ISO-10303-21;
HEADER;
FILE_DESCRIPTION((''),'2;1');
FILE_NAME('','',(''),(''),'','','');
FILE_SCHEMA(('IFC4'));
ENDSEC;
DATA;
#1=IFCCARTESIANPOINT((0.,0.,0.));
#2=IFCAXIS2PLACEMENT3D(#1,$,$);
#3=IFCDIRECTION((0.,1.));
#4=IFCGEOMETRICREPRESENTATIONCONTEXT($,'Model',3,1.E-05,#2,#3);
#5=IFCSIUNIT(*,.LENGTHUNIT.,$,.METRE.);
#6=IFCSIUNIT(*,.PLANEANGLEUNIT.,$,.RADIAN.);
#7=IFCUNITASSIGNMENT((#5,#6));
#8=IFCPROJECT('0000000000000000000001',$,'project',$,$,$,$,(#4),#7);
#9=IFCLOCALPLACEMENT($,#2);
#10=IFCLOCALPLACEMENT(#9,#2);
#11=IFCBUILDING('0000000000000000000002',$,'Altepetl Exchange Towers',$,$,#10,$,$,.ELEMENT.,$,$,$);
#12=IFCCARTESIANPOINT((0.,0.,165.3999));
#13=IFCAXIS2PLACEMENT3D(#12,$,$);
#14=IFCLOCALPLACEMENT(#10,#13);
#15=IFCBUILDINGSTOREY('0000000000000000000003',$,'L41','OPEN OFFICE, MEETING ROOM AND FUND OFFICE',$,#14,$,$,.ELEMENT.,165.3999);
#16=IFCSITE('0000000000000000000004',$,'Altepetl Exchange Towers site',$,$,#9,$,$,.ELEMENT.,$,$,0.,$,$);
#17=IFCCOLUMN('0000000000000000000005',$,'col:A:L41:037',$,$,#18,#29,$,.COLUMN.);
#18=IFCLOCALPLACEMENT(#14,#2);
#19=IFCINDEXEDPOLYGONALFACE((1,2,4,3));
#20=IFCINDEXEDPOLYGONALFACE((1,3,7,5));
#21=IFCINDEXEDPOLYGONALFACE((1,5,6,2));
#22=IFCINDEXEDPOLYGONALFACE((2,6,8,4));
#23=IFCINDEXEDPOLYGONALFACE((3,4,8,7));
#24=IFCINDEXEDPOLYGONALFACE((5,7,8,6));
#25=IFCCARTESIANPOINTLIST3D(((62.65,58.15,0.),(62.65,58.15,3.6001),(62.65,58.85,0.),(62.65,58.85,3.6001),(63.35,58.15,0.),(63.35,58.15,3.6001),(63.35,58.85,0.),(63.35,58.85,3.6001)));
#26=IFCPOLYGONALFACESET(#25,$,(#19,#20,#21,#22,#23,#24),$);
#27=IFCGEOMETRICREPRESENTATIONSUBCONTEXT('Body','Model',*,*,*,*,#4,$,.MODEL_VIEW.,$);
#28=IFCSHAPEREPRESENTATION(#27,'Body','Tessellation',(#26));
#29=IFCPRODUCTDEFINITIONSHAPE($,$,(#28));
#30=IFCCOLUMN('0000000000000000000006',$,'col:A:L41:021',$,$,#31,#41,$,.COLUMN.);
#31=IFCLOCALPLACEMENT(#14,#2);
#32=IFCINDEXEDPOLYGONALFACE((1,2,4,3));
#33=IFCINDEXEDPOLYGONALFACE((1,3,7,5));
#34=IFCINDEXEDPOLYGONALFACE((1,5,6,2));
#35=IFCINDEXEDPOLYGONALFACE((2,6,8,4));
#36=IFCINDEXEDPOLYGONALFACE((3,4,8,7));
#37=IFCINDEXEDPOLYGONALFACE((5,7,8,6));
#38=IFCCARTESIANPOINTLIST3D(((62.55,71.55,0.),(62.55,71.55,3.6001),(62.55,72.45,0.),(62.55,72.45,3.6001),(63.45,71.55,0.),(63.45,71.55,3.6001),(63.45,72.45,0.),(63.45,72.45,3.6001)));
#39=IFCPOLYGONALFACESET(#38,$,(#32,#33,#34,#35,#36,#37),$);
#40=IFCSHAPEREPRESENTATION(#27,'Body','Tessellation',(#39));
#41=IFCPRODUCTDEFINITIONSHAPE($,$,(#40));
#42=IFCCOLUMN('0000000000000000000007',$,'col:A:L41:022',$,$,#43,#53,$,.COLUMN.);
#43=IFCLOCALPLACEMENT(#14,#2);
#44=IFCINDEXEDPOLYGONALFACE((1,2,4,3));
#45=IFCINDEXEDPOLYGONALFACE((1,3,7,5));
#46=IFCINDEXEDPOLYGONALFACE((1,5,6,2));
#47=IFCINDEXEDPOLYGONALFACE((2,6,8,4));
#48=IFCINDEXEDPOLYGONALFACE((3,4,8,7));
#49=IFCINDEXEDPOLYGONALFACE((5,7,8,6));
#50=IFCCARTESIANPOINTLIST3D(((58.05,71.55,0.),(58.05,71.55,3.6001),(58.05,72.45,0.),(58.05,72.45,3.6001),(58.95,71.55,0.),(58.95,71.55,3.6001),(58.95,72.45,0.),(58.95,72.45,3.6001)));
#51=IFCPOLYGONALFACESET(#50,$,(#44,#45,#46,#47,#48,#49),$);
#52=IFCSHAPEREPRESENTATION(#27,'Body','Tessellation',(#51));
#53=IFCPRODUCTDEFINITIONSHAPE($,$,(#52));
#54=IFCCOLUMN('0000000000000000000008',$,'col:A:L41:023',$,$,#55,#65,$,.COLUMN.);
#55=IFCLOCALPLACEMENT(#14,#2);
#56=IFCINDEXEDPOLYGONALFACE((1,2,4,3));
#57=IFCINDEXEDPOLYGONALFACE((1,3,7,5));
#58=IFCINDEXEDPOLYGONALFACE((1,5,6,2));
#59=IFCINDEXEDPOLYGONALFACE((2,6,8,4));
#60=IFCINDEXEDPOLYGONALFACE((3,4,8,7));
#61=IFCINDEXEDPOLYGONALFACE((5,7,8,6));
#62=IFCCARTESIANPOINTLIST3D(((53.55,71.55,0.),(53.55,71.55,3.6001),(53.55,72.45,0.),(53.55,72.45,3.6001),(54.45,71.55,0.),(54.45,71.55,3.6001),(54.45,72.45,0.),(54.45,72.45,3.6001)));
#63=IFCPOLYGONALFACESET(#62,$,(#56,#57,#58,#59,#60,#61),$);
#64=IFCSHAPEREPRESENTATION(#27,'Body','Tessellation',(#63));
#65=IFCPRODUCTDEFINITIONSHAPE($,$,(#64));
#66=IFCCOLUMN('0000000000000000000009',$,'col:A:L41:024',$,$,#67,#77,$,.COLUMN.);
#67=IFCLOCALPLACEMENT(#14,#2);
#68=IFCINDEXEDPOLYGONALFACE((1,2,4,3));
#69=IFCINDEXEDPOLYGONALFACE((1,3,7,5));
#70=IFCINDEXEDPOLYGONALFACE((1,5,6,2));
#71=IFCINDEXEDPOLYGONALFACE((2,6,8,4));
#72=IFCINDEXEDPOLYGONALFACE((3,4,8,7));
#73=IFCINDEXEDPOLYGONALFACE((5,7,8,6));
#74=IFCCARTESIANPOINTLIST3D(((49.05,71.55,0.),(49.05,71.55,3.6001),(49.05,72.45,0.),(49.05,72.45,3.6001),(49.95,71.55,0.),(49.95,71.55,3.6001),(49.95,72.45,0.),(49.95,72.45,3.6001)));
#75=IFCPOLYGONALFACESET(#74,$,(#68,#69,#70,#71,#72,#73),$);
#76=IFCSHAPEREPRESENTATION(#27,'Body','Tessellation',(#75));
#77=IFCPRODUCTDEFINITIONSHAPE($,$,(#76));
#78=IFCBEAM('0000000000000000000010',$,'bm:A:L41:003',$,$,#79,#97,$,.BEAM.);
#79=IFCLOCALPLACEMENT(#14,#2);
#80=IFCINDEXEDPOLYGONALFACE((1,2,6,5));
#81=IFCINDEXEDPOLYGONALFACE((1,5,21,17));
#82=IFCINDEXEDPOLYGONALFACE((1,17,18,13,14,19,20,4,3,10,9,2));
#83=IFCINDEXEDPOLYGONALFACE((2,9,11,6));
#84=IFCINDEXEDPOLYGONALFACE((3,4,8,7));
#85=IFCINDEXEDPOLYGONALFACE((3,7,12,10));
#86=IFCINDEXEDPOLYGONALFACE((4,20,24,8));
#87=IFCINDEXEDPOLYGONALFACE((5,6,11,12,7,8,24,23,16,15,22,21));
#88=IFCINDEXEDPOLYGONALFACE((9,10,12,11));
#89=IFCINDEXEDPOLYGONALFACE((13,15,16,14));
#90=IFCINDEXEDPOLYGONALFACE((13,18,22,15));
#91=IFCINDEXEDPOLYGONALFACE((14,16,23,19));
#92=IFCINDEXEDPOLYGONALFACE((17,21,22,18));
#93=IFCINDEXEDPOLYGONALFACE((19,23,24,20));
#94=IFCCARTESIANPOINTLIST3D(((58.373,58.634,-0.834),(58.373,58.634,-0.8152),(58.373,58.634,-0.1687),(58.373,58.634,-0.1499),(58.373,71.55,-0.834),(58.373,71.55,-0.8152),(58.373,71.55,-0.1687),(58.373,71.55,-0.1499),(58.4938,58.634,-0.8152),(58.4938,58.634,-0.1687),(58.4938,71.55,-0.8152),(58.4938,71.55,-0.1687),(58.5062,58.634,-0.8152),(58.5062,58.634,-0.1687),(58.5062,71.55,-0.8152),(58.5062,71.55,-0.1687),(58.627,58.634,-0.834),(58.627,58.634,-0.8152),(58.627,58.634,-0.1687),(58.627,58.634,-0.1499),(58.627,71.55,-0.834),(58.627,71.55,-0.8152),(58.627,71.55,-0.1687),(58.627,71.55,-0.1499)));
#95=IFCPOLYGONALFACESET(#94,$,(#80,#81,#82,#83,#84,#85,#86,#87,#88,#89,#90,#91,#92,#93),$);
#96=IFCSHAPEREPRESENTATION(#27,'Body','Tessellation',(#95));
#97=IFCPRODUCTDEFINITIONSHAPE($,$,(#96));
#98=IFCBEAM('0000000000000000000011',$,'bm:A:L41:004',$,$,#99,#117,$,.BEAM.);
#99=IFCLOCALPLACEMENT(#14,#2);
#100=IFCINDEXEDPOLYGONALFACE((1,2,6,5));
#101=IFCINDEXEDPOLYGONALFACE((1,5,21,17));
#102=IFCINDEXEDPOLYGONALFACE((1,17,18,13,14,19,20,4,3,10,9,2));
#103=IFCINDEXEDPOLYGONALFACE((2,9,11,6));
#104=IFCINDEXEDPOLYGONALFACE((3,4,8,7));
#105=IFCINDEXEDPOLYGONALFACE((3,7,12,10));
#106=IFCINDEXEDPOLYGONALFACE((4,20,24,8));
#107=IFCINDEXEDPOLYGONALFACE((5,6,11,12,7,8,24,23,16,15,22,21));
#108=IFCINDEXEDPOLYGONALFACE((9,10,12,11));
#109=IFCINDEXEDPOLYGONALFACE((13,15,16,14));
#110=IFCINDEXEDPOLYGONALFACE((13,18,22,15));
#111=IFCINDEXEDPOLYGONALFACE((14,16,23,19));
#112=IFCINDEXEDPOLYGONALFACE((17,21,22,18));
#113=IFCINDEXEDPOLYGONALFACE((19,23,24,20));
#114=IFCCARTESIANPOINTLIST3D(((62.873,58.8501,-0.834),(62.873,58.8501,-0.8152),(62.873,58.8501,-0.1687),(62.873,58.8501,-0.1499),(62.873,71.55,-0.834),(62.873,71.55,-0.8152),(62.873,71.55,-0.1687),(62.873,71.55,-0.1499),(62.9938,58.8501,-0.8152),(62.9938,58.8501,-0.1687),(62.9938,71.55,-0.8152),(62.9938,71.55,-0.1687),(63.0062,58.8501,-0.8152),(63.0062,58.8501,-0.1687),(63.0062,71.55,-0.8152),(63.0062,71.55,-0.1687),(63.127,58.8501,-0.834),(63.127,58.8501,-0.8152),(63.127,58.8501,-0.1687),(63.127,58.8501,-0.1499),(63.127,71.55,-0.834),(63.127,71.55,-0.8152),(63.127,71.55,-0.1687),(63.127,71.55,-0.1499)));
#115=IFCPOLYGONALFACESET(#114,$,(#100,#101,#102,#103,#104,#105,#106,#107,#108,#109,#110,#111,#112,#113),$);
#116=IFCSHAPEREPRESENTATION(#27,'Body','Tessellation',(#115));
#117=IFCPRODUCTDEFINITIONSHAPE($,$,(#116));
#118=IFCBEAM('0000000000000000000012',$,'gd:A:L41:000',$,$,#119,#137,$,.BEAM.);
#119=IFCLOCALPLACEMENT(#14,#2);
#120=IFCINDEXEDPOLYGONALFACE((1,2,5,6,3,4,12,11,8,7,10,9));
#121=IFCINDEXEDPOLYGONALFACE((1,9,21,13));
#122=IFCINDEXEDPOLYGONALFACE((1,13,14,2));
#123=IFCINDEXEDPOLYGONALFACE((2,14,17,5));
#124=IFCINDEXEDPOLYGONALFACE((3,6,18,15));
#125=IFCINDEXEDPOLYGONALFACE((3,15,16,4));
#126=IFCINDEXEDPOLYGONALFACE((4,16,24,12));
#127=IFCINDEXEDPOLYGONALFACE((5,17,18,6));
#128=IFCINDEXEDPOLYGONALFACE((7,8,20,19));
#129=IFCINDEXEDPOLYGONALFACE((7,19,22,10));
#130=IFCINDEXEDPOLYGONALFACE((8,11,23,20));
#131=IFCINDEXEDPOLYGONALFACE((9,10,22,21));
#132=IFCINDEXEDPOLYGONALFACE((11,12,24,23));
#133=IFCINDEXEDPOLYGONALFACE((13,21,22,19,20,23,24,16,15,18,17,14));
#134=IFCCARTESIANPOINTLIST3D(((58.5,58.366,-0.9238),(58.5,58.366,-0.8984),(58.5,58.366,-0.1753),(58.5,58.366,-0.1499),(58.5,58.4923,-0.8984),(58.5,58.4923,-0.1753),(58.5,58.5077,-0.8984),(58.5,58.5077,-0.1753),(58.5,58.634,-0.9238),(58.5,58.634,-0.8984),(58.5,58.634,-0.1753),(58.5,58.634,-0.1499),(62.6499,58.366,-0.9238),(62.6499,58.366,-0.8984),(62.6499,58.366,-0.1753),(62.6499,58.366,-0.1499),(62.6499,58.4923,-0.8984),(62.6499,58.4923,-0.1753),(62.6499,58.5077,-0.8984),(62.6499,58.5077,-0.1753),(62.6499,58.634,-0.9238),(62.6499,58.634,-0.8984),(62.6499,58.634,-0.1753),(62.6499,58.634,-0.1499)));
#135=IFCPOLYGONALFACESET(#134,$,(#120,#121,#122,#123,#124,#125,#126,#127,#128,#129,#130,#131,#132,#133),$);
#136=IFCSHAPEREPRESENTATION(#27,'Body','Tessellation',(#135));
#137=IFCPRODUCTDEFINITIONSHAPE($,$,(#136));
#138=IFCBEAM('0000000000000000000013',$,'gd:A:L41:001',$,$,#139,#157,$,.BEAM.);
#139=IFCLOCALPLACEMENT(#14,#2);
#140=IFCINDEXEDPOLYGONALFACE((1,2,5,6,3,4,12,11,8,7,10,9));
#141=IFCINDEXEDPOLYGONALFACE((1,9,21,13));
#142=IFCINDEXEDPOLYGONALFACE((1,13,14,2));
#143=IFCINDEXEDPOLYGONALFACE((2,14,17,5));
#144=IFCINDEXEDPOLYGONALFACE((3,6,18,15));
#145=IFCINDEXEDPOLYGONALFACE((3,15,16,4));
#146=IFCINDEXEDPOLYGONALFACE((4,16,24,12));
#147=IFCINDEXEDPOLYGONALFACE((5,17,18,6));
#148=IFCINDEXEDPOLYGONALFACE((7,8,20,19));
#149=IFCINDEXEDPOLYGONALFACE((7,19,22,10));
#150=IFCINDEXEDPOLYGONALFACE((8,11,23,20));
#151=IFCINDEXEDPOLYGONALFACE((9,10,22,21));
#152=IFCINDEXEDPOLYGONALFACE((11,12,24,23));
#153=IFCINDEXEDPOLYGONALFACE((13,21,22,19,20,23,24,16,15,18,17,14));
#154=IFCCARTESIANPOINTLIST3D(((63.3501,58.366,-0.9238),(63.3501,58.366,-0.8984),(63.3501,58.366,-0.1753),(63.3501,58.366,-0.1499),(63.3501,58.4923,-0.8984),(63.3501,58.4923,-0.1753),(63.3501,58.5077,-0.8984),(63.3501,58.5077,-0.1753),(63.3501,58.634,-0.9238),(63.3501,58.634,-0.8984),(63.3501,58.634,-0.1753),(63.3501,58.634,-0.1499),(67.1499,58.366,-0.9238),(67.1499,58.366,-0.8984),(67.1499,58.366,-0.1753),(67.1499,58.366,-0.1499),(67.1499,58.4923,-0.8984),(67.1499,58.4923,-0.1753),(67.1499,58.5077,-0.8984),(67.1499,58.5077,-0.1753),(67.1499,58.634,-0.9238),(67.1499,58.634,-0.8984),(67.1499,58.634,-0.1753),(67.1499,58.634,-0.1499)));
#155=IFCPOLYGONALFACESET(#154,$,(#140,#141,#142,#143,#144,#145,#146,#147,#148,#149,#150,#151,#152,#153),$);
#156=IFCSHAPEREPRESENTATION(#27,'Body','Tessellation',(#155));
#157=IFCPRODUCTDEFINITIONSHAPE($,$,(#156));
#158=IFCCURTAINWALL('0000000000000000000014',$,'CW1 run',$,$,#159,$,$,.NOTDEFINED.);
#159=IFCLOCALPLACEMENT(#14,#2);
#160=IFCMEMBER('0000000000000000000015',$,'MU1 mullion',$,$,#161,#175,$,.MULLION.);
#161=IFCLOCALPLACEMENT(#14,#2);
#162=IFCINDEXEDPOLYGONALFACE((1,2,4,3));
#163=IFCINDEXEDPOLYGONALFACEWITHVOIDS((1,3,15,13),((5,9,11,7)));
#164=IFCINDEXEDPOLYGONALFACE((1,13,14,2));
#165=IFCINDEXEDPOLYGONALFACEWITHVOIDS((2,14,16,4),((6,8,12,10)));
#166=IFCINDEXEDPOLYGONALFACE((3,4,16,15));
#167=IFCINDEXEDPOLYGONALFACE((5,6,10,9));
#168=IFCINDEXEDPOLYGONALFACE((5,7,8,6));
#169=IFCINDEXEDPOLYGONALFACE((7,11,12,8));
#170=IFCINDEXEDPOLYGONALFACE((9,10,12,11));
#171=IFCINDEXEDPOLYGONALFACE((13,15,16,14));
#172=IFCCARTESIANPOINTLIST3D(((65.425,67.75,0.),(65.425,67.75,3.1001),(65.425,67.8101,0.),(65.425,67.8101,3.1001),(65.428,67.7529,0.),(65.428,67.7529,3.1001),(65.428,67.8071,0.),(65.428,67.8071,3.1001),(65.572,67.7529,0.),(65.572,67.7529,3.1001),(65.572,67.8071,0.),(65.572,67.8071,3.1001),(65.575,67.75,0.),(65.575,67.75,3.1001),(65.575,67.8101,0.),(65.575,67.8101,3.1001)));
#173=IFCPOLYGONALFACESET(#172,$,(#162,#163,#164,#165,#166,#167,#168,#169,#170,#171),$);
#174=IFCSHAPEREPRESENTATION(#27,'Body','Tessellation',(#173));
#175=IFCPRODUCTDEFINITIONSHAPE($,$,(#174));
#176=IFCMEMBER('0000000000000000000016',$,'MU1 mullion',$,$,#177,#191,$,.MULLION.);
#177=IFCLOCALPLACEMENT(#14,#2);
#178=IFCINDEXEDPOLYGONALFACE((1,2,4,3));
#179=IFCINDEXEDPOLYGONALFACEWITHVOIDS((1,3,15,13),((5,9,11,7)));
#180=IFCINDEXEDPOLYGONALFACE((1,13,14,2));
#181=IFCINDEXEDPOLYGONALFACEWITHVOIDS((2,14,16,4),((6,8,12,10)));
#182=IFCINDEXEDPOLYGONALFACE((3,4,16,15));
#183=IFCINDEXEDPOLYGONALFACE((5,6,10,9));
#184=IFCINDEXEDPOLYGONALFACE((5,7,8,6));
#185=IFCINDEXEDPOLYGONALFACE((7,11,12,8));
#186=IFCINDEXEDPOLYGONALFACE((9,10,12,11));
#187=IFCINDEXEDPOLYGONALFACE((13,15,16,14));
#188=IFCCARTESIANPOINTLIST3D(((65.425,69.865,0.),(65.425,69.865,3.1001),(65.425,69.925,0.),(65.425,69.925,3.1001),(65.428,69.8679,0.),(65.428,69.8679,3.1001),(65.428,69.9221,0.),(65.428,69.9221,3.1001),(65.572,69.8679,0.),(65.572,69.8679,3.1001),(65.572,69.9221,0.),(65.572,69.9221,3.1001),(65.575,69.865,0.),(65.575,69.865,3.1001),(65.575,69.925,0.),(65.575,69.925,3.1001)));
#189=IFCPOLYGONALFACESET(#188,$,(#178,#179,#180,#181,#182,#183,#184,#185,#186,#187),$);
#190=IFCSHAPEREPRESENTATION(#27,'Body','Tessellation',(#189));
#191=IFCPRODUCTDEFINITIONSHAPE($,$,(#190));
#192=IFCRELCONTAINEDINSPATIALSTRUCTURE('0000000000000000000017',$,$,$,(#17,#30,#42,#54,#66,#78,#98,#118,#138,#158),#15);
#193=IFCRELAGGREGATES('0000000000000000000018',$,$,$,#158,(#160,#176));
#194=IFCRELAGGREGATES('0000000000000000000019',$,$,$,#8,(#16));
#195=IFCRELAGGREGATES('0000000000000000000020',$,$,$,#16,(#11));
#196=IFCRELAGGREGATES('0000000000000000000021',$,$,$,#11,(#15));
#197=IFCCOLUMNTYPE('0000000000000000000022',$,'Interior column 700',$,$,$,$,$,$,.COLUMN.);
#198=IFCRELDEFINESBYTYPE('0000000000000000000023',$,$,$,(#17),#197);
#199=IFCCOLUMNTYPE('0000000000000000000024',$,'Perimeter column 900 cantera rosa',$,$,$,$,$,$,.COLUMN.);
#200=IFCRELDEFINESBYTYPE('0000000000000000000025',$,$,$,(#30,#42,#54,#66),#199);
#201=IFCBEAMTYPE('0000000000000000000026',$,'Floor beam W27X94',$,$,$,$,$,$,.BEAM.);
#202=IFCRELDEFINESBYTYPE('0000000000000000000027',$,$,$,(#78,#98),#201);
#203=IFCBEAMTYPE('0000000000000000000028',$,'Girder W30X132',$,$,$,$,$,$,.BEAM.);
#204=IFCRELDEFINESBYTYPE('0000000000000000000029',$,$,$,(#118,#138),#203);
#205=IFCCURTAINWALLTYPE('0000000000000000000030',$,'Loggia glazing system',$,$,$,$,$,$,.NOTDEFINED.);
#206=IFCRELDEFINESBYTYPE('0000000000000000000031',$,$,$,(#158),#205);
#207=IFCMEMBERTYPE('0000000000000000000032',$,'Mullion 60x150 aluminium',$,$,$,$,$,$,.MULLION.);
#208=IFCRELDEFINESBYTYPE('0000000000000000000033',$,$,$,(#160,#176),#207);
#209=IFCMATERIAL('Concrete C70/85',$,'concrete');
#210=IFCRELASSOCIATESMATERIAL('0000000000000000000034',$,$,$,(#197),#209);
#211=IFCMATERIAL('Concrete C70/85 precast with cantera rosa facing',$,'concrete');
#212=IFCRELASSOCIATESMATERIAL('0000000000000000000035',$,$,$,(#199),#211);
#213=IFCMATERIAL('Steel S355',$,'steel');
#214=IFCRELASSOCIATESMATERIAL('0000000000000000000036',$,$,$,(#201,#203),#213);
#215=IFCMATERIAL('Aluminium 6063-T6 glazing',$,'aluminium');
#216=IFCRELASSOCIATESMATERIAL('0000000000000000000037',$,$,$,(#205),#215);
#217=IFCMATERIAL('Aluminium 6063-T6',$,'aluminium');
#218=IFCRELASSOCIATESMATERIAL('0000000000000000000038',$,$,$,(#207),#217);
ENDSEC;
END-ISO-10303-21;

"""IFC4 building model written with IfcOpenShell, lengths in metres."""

from ifc_helpers import new_model, si_unit, direction, frame, origin, origin_2d, place, context, subcontext, project, spatial, rectangle, hollow_rectangle, i_section, extrude, material, material_profile, profile_set, type_object, element, aggregate, save


model = new_model("IFC4")

# Units and contexts
model_context = context("Model", 3, precision=1e-05, world=origin(), true_north=direction((0.0, 1.0)))
body_context = subcontext(model_context, "Body", "Model", "MODEL_VIEW")
ifc_project = project(units=[si_unit("LENGTHUNIT", "METRE"), si_unit("PLANEANGLEUNIT", "RADIAN")], contexts=[model_context])

# Site, building, storey
site_placement = place(None, origin())
site = spatial("IfcSite", under=ifc_project, at=site_placement, Name="Altepetl Exchange Towers site", CompositionType="ELEMENT", RefElevation=0.0)
building_placement = place(site_placement, origin())
building = spatial("IfcBuilding", under=site, at=building_placement, Name="Altepetl Exchange Towers", CompositionType="ELEMENT")
storey_placement = place(building_placement, frame((0.0, 0.0, 165.3999)))
storey = spatial("IfcBuildingStorey", under=building, at=storey_placement, Name="L41", Description="OPEN OFFICE, MEETING ROOM AND FUND OFFICE", CompositionType="ELEMENT", Elevation=165.3999)

# Columns
ifc_material_1 = material(Name="Concrete C70/85", Category="concrete")
ifc_material_profile_1 = material_profile(ifc_material_1, rectangle(XDim=0.7, YDim=0.7, at=origin_2d()), Name="700 x 700")
ifc_profile_set_1 = profile_set([ifc_material_profile_1], Name="Concrete C70/85")
column_type_1 = type_object("IfcColumnType", Name="Interior column 700", PredefinedType="COLUMN", material=ifc_profile_set_1)
column_placement = place(storey_placement, frame((63.0, 58.5, 0.0)))
element("IfcColumn", 1, at=column_placement, inside=storey, type_object=column_type_1, Name="col:A:L41:037", PredefinedType="COLUMN", context=body_context, shape_type="SweptSolid", body=[
    extrude(rectangle(XDim=0.7, YDim=0.7, at=origin_2d()), origin(), (0.0, 0.0, 1.0), 3.6001),
])
ifc_material_2 = material(Name="Concrete C70/85 precast with cantera rosa facing", Category="concrete")
ifc_material_profile_2 = material_profile(ifc_material_2, rectangle(XDim=0.8999, YDim=0.8999, at=origin_2d()), Name="900 x 900")
ifc_profile_set_2 = profile_set([ifc_material_profile_2], Name="Concrete C70/85 precast with cantera rosa facing")
column_type_2 = type_object("IfcColumnType", Name="Perimeter column 900 cantera rosa", PredefinedType="COLUMN", material=ifc_profile_set_2)
for number, where, name in (
    (2, (63.0, 72.0, 0.0), "col:A:L41:021"),
    (3, (58.5, 72.0, 0.0), "col:A:L41:022"),
    (4, (54.0, 72.0, 0.0), "col:A:L41:023"),
    (5, (49.5, 72.0, 0.0), "col:A:L41:024"),
):
    element("IfcColumn", number, at=place(storey_placement, frame(where)), inside=storey, type_object=column_type_2, Name=name, PredefinedType="COLUMN", context=body_context, shape_type="SweptSolid", body=[
        extrude(rectangle(XDim=0.8999, YDim=0.8999, at=origin_2d()), origin(), (0.0, 0.0, 1.0), 3.6001),
    ])

# Beams
ifc_material_3 = material(Name="Steel S355", Category="steel")
ifc_material_profile_3 = material_profile(ifc_material_3, i_section(OverallWidth=0.2539, OverallDepth=0.6841, WebThickness=0.0125, FlangeThickness=0.0188, at=origin_2d()), Name="W27X94")
ifc_profile_set_3 = profile_set([ifc_material_profile_3], Name="Steel S355")
beam_type_1 = type_object("IfcBeamType", Name="Floor beam W27X94", PredefinedType="BEAM", material=ifc_profile_set_3)
beam_1_placement = place(storey_placement, frame((58.5, 58.634, -0.4919), z_axis=(0.0, 1.0, 0.0), x_axis=(-1.0, 0.0, 0.0)))
element("IfcBeam", 6, at=beam_1_placement, inside=storey, type_object=beam_type_1, Name="bm:A:L41:003", PredefinedType="BEAM", context=body_context, shape_type="SweptSolid", body=[
    extrude(i_section(OverallWidth=0.2539, OverallDepth=0.6841, WebThickness=0.0125, FlangeThickness=0.0188, at=origin_2d()), origin(), (0.0, 0.0, 1.0), 12.916),
])
beam_2_placement = place(storey_placement, frame((63.0, 58.8501, -0.4919), z_axis=(0.0, 1.0, 0.0), x_axis=(-1.0, 0.0, 0.0)))
element("IfcBeam", 7, at=beam_2_placement, inside=storey, type_object=beam_type_1, Name="bm:A:L41:004", PredefinedType="BEAM", context=body_context, shape_type="SweptSolid", body=[
    extrude(i_section(OverallWidth=0.2539, OverallDepth=0.6841, WebThickness=0.0125, FlangeThickness=0.0188, at=origin_2d()), origin(), (0.0, 0.0, 1.0), 12.7),
])
ifc_material_profile_4 = material_profile(ifc_material_3, i_section(OverallWidth=0.2681, OverallDepth=0.7739, WebThickness=0.0154, FlangeThickness=0.0254, at=origin_2d()), Name="W30X132")
ifc_profile_set_4 = profile_set([ifc_material_profile_4], Name="Steel S355")
beam_type_2 = type_object("IfcBeamType", Name="Girder W30X132", PredefinedType="BEAM", material=ifc_profile_set_4)
beam_3_placement = place(storey_placement, frame((58.5, 58.5, -0.5369), z_axis=(1.0, 0.0, 0.0), x_axis=(0.0, 1.0, 0.0)))
element("IfcBeam", 8, at=beam_3_placement, inside=storey, type_object=beam_type_2, Name="gd:A:L41:000", PredefinedType="BEAM", context=body_context, shape_type="SweptSolid", body=[
    extrude(i_section(OverallWidth=0.2681, OverallDepth=0.7739, WebThickness=0.0154, FlangeThickness=0.0254, at=origin_2d()), origin(), (0.0, 0.0, 1.0), 4.1499),
])
beam_4_placement = place(storey_placement, frame((63.3501, 58.5, -0.5369), z_axis=(1.0, 0.0, 0.0), x_axis=(0.0, 1.0, 0.0)))
element("IfcBeam", 9, at=beam_4_placement, inside=storey, type_object=beam_type_2, Name="gd:A:L41:001", PredefinedType="BEAM", context=body_context, shape_type="SweptSolid", body=[
    extrude(i_section(OverallWidth=0.2681, OverallDepth=0.7739, WebThickness=0.0154, FlangeThickness=0.0254, at=origin_2d()), origin(), (0.0, 0.0, 1.0), 3.7998),
])

# Curtain wall, members
ifc_material_4 = material(Name="Aluminium 6063-T6 glazing", Category="aluminium")
curtain_wall_type = type_object("IfcCurtainWallType", Name="Loggia glazing system", PredefinedType="NOTDEFINED", material=ifc_material_4)
curtain_wall_1_placement = place(storey_placement, origin())
curtain_wall_1 = element("IfcCurtainWall", 10, at=curtain_wall_1_placement, inside=storey, type_object=curtain_wall_type, Name="CW1 run", PredefinedType="NOTDEFINED")
ifc_material_5 = material(Name="Aluminium 6063-T6", Category="aluminium")
ifc_material_profile_5 = material_profile(ifc_material_5, hollow_rectangle(XDim=0.0601, YDim=0.1499, WallThickness=0.0029, at=origin_2d()), Name="Mullion 60x150 aluminium")
ifc_profile_set_5 = profile_set([ifc_material_profile_5], Name="Aluminium 6063-T6")
member_type = type_object("IfcMemberType", Name="Mullion 60x150 aluminium", PredefinedType="MULLION", material=ifc_profile_set_5)
member_1_placement = place(storey_placement, frame((65.5, 67.78, 0.0), z_axis=(0.0, 0.0, 1.0), x_axis=(0.0, 1.0, 0.0)))
member_1 = element("IfcMember", 11, at=member_1_placement, type_object=member_type, Name="MU1 mullion", PredefinedType="MULLION", context=body_context, shape_type="SweptSolid", body=[
    extrude(hollow_rectangle(XDim=0.0601, YDim=0.1499, WallThickness=0.0029, at=origin_2d()), origin(), (0.0, 0.0, 1.0), 3.1001),
])
member_2_placement = place(storey_placement, frame((65.5, 69.895, 0.0), z_axis=(0.0, 0.0, 1.0), x_axis=(0.0, 1.0, 0.0)))
member_2 = element("IfcMember", 12, at=member_2_placement, type_object=member_type, Name="MU1 mullion", PredefinedType="MULLION", context=body_context, shape_type="SweptSolid", body=[
    extrude(hollow_rectangle(XDim=0.0601, YDim=0.1499, WallThickness=0.0029, at=origin_2d()), origin(), (0.0, 0.0, 1.0), 3.1001),
])

aggregate(curtain_wall_1, [member_1, member_2])

save(model, "model.ifc")
